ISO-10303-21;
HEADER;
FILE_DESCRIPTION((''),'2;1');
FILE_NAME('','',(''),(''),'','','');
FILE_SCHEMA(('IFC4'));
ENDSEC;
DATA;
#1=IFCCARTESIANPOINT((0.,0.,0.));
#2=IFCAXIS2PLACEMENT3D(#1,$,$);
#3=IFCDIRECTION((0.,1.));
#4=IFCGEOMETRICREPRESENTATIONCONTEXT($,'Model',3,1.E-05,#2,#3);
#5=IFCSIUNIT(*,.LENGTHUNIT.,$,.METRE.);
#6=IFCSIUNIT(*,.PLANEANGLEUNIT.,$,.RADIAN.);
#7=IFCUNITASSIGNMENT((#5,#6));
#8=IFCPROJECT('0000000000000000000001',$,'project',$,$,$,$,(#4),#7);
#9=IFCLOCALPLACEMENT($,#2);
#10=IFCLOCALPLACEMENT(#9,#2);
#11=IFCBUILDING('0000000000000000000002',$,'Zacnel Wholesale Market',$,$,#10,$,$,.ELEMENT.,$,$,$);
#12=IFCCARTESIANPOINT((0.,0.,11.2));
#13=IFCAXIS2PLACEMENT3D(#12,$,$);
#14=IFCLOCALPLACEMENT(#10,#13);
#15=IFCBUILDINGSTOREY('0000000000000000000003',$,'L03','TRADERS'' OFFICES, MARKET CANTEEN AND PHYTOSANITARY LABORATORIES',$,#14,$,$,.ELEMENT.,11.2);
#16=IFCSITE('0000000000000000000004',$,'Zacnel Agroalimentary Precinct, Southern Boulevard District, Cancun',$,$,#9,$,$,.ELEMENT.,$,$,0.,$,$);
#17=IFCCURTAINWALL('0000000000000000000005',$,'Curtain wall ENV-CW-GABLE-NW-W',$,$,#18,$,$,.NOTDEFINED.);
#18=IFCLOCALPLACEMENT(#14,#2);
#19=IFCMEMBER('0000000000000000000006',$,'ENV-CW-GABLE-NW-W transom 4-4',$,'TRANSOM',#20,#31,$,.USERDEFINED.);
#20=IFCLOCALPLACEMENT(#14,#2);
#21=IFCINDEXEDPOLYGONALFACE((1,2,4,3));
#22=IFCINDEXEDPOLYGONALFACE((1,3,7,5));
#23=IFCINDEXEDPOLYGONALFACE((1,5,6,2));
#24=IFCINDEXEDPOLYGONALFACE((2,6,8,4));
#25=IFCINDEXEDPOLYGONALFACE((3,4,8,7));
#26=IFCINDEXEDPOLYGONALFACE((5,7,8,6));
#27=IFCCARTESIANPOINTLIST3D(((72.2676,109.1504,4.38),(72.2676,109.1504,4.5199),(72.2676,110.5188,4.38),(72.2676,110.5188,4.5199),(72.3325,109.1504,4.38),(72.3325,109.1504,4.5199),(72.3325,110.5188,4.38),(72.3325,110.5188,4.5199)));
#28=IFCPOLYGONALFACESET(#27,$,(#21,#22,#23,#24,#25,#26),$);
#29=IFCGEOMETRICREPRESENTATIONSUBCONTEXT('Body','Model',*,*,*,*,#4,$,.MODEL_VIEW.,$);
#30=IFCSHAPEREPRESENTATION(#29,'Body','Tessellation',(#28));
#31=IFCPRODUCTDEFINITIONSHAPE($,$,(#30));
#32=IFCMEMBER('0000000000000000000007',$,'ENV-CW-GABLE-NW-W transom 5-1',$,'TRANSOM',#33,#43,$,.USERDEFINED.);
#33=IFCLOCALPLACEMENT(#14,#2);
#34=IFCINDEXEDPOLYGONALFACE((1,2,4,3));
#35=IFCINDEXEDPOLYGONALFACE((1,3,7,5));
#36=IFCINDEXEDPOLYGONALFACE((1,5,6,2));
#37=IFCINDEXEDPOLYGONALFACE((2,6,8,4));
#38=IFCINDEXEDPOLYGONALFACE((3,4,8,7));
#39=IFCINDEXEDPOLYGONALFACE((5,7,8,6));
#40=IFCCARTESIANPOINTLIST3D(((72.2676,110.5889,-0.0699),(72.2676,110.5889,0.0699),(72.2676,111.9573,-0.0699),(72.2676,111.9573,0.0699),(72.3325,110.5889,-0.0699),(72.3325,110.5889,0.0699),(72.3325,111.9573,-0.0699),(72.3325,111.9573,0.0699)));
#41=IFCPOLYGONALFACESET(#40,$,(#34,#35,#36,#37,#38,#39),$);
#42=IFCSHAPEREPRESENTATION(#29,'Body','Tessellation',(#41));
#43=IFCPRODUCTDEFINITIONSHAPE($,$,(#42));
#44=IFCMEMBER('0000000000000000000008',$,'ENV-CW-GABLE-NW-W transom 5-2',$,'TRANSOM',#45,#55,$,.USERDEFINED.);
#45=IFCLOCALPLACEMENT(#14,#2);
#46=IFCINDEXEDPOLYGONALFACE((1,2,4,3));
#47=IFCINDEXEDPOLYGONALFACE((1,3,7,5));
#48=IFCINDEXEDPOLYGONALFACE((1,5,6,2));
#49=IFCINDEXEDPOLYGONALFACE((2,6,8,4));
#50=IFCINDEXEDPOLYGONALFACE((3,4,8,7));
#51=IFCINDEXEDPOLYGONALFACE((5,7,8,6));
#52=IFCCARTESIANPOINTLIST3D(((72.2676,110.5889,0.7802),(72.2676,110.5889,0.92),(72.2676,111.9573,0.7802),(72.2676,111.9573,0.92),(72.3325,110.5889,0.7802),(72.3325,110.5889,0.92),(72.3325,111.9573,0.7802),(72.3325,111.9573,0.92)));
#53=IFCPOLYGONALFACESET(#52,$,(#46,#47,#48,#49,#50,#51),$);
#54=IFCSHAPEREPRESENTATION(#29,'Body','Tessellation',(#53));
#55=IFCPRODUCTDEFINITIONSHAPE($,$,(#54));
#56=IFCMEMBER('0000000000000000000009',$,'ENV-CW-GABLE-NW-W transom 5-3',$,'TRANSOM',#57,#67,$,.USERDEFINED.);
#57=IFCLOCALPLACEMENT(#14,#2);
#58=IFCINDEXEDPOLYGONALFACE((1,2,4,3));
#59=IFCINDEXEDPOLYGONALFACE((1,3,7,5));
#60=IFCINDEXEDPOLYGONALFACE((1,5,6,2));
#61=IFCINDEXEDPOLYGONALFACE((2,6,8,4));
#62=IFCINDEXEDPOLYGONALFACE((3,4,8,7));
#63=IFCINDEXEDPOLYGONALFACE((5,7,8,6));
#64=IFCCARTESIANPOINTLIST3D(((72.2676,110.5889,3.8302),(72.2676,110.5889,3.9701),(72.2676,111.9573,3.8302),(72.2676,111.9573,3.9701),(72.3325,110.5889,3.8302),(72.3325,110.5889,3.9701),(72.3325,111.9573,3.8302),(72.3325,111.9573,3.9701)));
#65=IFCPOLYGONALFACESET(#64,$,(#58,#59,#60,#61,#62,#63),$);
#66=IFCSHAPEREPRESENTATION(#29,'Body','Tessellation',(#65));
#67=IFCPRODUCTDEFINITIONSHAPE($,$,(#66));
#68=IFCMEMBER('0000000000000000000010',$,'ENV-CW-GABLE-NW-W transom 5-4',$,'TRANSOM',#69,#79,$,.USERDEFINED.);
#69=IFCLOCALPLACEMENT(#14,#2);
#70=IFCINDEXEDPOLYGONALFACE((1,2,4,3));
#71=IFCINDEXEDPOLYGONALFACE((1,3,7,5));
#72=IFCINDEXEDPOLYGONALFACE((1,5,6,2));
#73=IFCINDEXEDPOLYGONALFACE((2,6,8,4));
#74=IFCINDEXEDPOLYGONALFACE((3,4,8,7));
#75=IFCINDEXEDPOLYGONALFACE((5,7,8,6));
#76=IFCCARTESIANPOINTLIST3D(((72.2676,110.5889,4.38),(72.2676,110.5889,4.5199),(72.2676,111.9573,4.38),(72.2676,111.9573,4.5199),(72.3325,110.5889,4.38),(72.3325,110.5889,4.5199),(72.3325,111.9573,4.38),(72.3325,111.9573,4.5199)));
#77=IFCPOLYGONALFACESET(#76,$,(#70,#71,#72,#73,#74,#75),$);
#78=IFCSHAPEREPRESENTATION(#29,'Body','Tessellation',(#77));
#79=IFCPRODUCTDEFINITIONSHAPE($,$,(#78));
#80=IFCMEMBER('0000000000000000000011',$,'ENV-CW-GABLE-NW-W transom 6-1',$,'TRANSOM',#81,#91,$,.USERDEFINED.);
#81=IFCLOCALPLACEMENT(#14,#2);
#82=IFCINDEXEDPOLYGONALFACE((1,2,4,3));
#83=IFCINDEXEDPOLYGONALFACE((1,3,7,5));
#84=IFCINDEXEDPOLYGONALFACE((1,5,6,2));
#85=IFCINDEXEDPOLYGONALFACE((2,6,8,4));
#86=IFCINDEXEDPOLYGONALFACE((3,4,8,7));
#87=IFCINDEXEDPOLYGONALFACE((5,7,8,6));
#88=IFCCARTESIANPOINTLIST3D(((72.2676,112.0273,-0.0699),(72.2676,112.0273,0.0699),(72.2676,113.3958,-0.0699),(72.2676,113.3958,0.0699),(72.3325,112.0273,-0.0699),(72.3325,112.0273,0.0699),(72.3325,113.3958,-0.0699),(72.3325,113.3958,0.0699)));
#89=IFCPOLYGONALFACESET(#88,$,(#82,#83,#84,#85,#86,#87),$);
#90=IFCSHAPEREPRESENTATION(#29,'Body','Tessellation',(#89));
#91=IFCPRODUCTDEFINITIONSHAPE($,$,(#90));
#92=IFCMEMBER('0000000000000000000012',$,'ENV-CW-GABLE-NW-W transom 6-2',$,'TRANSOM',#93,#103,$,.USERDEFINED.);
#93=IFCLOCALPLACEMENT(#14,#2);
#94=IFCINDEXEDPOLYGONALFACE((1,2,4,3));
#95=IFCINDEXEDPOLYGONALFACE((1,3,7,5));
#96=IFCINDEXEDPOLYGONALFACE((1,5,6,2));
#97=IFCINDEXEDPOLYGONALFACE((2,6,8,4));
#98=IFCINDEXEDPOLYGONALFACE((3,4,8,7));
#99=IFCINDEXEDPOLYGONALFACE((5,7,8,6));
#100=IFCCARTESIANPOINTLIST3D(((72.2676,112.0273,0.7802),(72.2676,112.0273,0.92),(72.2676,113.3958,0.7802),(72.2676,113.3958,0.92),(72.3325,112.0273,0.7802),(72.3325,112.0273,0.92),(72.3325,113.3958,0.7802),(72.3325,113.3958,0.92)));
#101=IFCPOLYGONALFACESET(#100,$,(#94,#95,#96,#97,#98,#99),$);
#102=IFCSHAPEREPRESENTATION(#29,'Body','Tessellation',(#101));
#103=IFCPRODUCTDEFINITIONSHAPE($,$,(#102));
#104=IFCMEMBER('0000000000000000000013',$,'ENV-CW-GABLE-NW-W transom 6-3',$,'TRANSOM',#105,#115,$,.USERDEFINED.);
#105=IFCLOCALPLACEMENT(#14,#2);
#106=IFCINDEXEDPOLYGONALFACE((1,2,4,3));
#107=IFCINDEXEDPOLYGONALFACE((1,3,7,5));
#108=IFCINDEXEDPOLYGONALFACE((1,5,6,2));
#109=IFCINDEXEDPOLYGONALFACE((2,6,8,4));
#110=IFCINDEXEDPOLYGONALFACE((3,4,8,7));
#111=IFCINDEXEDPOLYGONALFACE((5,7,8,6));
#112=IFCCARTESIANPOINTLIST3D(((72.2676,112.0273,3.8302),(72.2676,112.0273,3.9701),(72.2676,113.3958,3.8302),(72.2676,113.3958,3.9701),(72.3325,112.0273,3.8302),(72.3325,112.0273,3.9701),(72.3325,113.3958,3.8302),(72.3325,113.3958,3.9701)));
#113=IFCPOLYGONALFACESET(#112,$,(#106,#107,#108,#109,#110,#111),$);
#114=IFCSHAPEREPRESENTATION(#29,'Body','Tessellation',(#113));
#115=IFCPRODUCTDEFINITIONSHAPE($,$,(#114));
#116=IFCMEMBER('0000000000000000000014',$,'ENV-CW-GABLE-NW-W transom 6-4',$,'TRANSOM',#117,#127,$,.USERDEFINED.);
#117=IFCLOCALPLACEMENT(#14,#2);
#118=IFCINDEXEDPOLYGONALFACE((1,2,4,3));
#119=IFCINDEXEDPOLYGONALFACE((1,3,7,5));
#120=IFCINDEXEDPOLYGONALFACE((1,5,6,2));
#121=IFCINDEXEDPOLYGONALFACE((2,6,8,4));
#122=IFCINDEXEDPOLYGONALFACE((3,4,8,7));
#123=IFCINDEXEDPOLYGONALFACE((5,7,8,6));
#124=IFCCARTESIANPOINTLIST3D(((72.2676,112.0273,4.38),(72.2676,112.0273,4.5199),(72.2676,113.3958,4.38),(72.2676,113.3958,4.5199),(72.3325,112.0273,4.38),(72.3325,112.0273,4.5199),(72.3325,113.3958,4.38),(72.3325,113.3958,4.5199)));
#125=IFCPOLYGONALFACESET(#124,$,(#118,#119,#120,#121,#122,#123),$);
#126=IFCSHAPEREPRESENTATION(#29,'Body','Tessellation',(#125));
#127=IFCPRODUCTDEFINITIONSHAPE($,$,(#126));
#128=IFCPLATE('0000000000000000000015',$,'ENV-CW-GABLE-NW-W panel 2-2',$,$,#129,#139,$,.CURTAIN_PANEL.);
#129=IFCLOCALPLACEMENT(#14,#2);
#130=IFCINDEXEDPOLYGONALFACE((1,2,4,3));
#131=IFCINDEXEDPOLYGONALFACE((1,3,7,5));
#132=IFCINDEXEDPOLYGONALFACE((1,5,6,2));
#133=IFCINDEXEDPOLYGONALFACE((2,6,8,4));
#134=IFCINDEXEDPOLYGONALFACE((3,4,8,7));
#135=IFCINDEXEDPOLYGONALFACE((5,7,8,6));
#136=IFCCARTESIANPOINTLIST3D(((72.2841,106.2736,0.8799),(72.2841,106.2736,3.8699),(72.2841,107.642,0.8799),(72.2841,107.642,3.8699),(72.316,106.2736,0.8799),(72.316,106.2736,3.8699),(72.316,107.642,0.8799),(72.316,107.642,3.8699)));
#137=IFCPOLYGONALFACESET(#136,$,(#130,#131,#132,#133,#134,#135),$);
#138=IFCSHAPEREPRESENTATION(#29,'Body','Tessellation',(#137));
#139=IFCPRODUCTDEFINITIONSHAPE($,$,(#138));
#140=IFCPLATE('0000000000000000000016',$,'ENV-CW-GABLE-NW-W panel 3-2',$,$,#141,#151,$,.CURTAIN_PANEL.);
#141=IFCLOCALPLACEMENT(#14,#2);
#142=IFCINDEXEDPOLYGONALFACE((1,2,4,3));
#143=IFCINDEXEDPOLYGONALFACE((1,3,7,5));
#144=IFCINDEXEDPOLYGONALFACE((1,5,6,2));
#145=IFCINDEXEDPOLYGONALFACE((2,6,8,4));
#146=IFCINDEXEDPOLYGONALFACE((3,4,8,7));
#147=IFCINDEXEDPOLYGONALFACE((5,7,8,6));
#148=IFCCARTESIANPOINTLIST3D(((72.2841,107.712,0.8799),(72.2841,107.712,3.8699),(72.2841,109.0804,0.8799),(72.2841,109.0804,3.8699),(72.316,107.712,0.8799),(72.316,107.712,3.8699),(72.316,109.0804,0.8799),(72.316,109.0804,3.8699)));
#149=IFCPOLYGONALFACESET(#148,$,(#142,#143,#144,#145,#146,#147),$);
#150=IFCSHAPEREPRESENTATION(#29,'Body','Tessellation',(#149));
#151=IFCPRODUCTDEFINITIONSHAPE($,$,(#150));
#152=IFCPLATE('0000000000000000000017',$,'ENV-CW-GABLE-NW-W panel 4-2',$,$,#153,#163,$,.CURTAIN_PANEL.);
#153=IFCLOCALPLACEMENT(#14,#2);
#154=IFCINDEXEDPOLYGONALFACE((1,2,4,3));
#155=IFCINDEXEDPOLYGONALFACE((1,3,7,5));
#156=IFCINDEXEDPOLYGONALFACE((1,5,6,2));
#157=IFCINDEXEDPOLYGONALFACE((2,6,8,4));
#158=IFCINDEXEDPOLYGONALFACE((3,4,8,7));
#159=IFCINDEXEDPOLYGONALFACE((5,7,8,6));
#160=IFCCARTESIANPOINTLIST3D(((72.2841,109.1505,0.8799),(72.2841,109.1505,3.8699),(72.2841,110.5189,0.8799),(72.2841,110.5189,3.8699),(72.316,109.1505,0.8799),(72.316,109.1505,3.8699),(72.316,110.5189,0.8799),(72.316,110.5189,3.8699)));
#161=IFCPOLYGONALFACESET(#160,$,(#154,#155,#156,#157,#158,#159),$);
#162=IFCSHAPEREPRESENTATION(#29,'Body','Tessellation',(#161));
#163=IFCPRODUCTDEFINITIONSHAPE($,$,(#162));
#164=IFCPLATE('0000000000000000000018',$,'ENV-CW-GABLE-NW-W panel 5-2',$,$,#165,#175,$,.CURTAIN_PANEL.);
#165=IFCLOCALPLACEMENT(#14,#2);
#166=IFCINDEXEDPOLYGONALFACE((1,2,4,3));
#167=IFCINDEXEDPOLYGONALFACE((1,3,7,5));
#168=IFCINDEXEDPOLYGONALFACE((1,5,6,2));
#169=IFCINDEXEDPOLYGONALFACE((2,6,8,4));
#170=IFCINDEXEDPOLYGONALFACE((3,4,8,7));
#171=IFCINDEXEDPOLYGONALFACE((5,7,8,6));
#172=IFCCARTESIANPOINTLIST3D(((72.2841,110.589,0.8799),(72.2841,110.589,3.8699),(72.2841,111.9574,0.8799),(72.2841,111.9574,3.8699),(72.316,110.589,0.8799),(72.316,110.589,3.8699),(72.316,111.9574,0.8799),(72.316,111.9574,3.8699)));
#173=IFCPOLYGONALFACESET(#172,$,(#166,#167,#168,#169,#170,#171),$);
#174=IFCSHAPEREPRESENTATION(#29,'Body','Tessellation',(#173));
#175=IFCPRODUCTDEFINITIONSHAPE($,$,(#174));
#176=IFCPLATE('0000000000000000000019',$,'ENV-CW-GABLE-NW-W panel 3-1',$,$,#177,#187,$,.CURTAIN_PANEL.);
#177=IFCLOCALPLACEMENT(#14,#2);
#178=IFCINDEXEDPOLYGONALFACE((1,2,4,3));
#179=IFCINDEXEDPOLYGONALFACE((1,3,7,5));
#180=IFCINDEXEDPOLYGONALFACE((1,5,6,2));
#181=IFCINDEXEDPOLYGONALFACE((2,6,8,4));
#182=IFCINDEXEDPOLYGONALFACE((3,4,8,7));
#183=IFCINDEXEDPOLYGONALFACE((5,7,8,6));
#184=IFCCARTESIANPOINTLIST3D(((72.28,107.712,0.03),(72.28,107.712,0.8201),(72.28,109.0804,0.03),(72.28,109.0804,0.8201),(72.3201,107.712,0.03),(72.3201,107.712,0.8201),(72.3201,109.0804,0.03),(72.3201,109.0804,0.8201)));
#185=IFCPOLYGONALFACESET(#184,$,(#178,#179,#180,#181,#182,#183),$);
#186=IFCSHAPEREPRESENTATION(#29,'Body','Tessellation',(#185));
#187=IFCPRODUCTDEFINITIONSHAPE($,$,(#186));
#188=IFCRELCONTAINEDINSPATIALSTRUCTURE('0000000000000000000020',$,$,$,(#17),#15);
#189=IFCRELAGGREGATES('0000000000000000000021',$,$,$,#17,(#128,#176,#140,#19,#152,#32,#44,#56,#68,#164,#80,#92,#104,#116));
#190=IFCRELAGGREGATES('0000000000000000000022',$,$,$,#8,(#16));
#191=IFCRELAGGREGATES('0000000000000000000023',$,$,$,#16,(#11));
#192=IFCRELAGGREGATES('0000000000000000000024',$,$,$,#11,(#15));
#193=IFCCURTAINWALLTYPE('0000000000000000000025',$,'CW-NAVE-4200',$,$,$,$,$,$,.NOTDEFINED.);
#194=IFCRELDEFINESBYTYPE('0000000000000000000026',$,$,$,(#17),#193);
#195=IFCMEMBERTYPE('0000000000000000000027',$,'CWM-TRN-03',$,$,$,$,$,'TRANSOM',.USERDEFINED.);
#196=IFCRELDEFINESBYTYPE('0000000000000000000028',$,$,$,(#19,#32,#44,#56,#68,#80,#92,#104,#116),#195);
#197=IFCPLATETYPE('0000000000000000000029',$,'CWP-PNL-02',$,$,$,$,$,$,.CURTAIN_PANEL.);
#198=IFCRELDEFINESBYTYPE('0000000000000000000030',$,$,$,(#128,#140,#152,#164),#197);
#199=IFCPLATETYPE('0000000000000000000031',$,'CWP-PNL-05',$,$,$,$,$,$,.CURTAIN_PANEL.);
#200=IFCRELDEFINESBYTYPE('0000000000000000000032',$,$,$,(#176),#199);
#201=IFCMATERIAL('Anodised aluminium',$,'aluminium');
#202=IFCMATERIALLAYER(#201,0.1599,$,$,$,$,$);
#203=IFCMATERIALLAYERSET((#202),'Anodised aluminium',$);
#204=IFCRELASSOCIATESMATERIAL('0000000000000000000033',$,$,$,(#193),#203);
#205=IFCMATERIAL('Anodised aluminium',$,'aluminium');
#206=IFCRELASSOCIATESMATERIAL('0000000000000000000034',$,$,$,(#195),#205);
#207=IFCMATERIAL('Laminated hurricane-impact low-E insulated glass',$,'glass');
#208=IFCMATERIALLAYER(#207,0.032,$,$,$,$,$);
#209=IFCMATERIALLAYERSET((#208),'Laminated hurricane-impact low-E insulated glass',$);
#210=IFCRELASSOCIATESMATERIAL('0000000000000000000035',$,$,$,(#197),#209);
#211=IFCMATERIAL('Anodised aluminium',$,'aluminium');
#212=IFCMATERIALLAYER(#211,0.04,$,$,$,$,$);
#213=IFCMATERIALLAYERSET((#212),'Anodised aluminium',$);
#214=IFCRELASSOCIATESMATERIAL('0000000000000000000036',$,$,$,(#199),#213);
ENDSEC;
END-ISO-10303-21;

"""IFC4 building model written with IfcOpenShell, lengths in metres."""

from ifc_helpers import new_model, si_unit, direction, frame, origin, origin_2d, place, context, subcontext, project, spatial, rectangle, extrude, material, layer, layer_set, material_profile, profile_set, type_object, element, aggregate, save


model = new_model("IFC4")

# Units and contexts
model_context = context("Model", 3, precision=1e-05, world=origin(), true_north=direction((0.0, 1.0)))
body_context = subcontext(model_context, "Body", "Model", "MODEL_VIEW")
ifc_project = project(units=[si_unit("LENGTHUNIT", "METRE"), si_unit("PLANEANGLEUNIT", "RADIAN")], contexts=[model_context])

# Site, building, storey
site_placement = place(None, origin())
site = spatial("IfcSite", under=ifc_project, at=site_placement, Name="Zacnel Agroalimentary Precinct, Southern Boulevard District, Cancun", CompositionType="ELEMENT", RefElevation=0.0)
building_placement = place(site_placement, origin())
building = spatial("IfcBuilding", under=site, at=building_placement, Name="Zacnel Wholesale Market", CompositionType="ELEMENT")
storey_placement = place(building_placement, frame((0.0, 0.0, 11.2)))
storey = spatial("IfcBuildingStorey", under=building, at=storey_placement, Name="L03", Description="TRADERS' OFFICES, MARKET CANTEEN AND PHYTOSANITARY LABORATORIES", CompositionType="ELEMENT", Elevation=11.2)

# Curtain wall, members, plates
ifc_material_1 = material(Name="Anodised aluminium", Category="aluminium")
ifc_layer_1 = layer(ifc_material_1, 0.1599)
ifc_layer_set_1 = layer_set([ifc_layer_1], Name="Anodised aluminium")
curtain_wall_type = type_object("IfcCurtainWallType", Name="CW-NAVE-4200", PredefinedType="NOTDEFINED", material=ifc_layer_set_1)
curtain_wall_placement = place(storey_placement, origin())
curtain_wall = element("IfcCurtainWall", 1, at=curtain_wall_placement, inside=storey, type_object=curtain_wall_type, Name="Curtain wall ENV-CW-GABLE-NW-W", PredefinedType="NOTDEFINED")
ifc_material_2 = material(Name="Anodised aluminium", Category="aluminium")
ifc_material_profile_1 = material_profile(ifc_material_2, rectangle(XDim=0.0649, YDim=0.1399, at=origin_2d()), Name="AW-TRANSOM 65x140")
ifc_profile_set_1 = profile_set([ifc_material_profile_1], Name="Anodised aluminium")
member_type_1 = type_object("IfcMemberType", Name="CWM-TRN-03", ElementType="TRANSOM", PredefinedType="USERDEFINED", material=ifc_profile_set_1)
member_1_placement = place(storey_placement, frame((72.3, 109.1504, 4.45), z_axis=(0.0, 1.0, 0.0), x_axis=(-1.0, 0.0, 0.0)))
member_1 = element("IfcMember", 2, at=member_1_placement, type_object=member_type_1, Name="ENV-CW-GABLE-NW-W transom 4-4", ObjectType="TRANSOM", PredefinedType="USERDEFINED", context=body_context, shape_type="SweptSolid", body=[
    extrude(rectangle(XDim=0.0649, YDim=0.1399, at=origin_2d()), origin(), (0.0, 0.0, 1.0), 1.3684),
])
member_2_placement = place(storey_placement, frame((72.3, 110.5889, 0.0), z_axis=(0.0, 1.0, 0.0), x_axis=(-1.0, 0.0, 0.0)))
member_2 = element("IfcMember", 3, at=member_2_placement, type_object=member_type_1, Name="ENV-CW-GABLE-NW-W transom 5-1", ObjectType="TRANSOM", PredefinedType="USERDEFINED", context=body_context, shape_type="SweptSolid", body=[
    extrude(rectangle(XDim=0.0649, YDim=0.1399, at=origin_2d()), origin(), (0.0, 0.0, 1.0), 1.3684),
])
member_3_placement = place(storey_placement, frame((72.3, 110.5889, 0.8501), z_axis=(0.0, 1.0, 0.0), x_axis=(-1.0, 0.0, 0.0)))
member_3 = element("IfcMember", 4, at=member_3_placement, type_object=member_type_1, Name="ENV-CW-GABLE-NW-W transom 5-2", ObjectType="TRANSOM", PredefinedType="USERDEFINED", context=body_context, shape_type="SweptSolid", body=[
    extrude(rectangle(XDim=0.0649, YDim=0.1399, at=origin_2d()), origin(), (0.0, 0.0, 1.0), 1.3684),
])
member_4_placement = place(storey_placement, frame((72.3, 110.5889, 3.9001), z_axis=(0.0, 1.0, 0.0), x_axis=(-1.0, 0.0, 0.0)))
member_4 = element("IfcMember", 5, at=member_4_placement, type_object=member_type_1, Name="ENV-CW-GABLE-NW-W transom 5-3", ObjectType="TRANSOM", PredefinedType="USERDEFINED", context=body_context, shape_type="SweptSolid", body=[
    extrude(rectangle(XDim=0.0649, YDim=0.1399, at=origin_2d()), origin(), (0.0, 0.0, 1.0), 1.3684),
])
member_5_placement = place(storey_placement, frame((72.3, 110.5889, 4.45), z_axis=(0.0, 1.0, 0.0), x_axis=(-1.0, 0.0, 0.0)))
member_5 = element("IfcMember", 6, at=member_5_placement, type_object=member_type_1, Name="ENV-CW-GABLE-NW-W transom 5-4", ObjectType="TRANSOM", PredefinedType="USERDEFINED", context=body_context, shape_type="SweptSolid", body=[
    extrude(rectangle(XDim=0.0649, YDim=0.1399, at=origin_2d()), origin(), (0.0, 0.0, 1.0), 1.3684),
])
member_6_placement = place(storey_placement, frame((72.3, 112.0273, 0.0), z_axis=(0.0, 1.0, 0.0), x_axis=(-1.0, 0.0, 0.0)))
member_6 = element("IfcMember", 7, at=member_6_placement, type_object=member_type_1, Name="ENV-CW-GABLE-NW-W transom 6-1", ObjectType="TRANSOM", PredefinedType="USERDEFINED", context=body_context, shape_type="SweptSolid", body=[
    extrude(rectangle(XDim=0.0649, YDim=0.1399, at=origin_2d()), origin(), (0.0, 0.0, 1.0), 1.3684),
])
member_7_placement = place(storey_placement, frame((72.3, 112.0273, 0.8501), z_axis=(0.0, 1.0, 0.0), x_axis=(-1.0, 0.0, 0.0)))
member_7 = element("IfcMember", 8, at=member_7_placement, type_object=member_type_1, Name="ENV-CW-GABLE-NW-W transom 6-2", ObjectType="TRANSOM", PredefinedType="USERDEFINED", context=body_context, shape_type="SweptSolid", body=[
    extrude(rectangle(XDim=0.0649, YDim=0.1399, at=origin_2d()), origin(), (0.0, 0.0, 1.0), 1.3684),
])
member_8_placement = place(storey_placement, frame((72.3, 112.0273, 3.9001), z_axis=(0.0, 1.0, 0.0), x_axis=(-1.0, 0.0, 0.0)))
member_8 = element("IfcMember", 9, at=member_8_placement, type_object=member_type_1, Name="ENV-CW-GABLE-NW-W transom 6-3", ObjectType="TRANSOM", PredefinedType="USERDEFINED", context=body_context, shape_type="SweptSolid", body=[
    extrude(rectangle(XDim=0.0649, YDim=0.1399, at=origin_2d()), origin(), (0.0, 0.0, 1.0), 1.3684),
])
member_9_placement = place(storey_placement, frame((72.3, 112.0273, 4.45), z_axis=(0.0, 1.0, 0.0), x_axis=(-1.0, 0.0, 0.0)))
member_9 = element("IfcMember", 10, at=member_9_placement, type_object=member_type_1, Name="ENV-CW-GABLE-NW-W transom 6-4", ObjectType="TRANSOM", PredefinedType="USERDEFINED", context=body_context, shape_type="SweptSolid", body=[
    extrude(rectangle(XDim=0.0649, YDim=0.1399, at=origin_2d()), origin(), (0.0, 0.0, 1.0), 1.3684),
])
ifc_material_3 = material(Name="Laminated hurricane-impact low-E insulated glass", Category="glass")
ifc_layer_2 = layer(ifc_material_3, 0.032)
ifc_layer_set_2 = layer_set([ifc_layer_2], Name="Laminated hurricane-impact low-E insulated glass")
plate_type_1 = type_object("IfcPlateType", Name="CWP-PNL-02", PredefinedType="CURTAIN_PANEL", material=ifc_layer_set_2)
plate_1_placement = place(storey_placement, frame((72.3, 106.9578, 0.8799), z_axis=(0.0, 0.0, 1.0), x_axis=(0.0, 1.0, 0.0)))
plate_1 = element("IfcPlate", 11, at=plate_1_placement, type_object=plate_type_1, Name="ENV-CW-GABLE-NW-W panel 2-2", PredefinedType="CURTAIN_PANEL", context=body_context, shape_type="SweptSolid", body=[
    extrude(rectangle(XDim=1.3684, YDim=0.032, at=origin_2d()), origin(), (0.0, 0.0, 1.0), 2.99),
])
plate_2_placement = place(storey_placement, frame((72.3, 108.3962, 0.8799), z_axis=(0.0, 0.0, 1.0), x_axis=(0.0, 1.0, 0.0)))
plate_2 = element("IfcPlate", 12, at=plate_2_placement, type_object=plate_type_1, Name="ENV-CW-GABLE-NW-W panel 3-2", PredefinedType="CURTAIN_PANEL", context=body_context, shape_type="SweptSolid", body=[
    extrude(rectangle(XDim=1.3684, YDim=0.032, at=origin_2d()), origin(), (0.0, 0.0, 1.0), 2.99),
])
plate_3_placement = place(storey_placement, frame((72.3, 109.8347, 0.8799), z_axis=(0.0, 0.0, 1.0), x_axis=(0.0, 1.0, 0.0)))
plate_3 = element("IfcPlate", 13, at=plate_3_placement, type_object=plate_type_1, Name="ENV-CW-GABLE-NW-W panel 4-2", PredefinedType="CURTAIN_PANEL", context=body_context, shape_type="SweptSolid", body=[
    extrude(rectangle(XDim=1.3684, YDim=0.032, at=origin_2d()), origin(), (0.0, 0.0, 1.0), 2.99),
])
plate_4_placement = place(storey_placement, frame((72.3, 111.2732, 0.8799), z_axis=(0.0, 0.0, 1.0), x_axis=(0.0, 1.0, 0.0)))
plate_4 = element("IfcPlate", 14, at=plate_4_placement, type_object=plate_type_1, Name="ENV-CW-GABLE-NW-W panel 5-2", PredefinedType="CURTAIN_PANEL", context=body_context, shape_type="SweptSolid", body=[
    extrude(rectangle(XDim=1.3684, YDim=0.032, at=origin_2d()), origin(), (0.0, 0.0, 1.0), 2.99),
])
ifc_material_4 = material(Name="Anodised aluminium", Category="aluminium")
ifc_layer_3 = layer(ifc_material_4, 0.04)
ifc_layer_set_3 = layer_set([ifc_layer_3], Name="Anodised aluminium")
plate_type_2 = type_object("IfcPlateType", Name="CWP-PNL-05", PredefinedType="CURTAIN_PANEL", material=ifc_layer_set_3)
plate_5_placement = place(storey_placement, frame((72.3, 108.3962, 0.03), z_axis=(0.0, 0.0, 1.0), x_axis=(0.0, 1.0, 0.0)))
plate_5 = element("IfcPlate", 15, at=plate_5_placement, type_object=plate_type_2, Name="ENV-CW-GABLE-NW-W panel 3-1", PredefinedType="CURTAIN_PANEL", context=body_context, shape_type="SweptSolid", body=[
    extrude(rectangle(XDim=1.3684, YDim=0.04, at=origin_2d()), origin(), (0.0, 0.0, 1.0), 0.79),
])
aggregate(curtain_wall, [plate_1, plate_5, plate_2, member_1, plate_3, member_2, member_3, member_4, member_5, plate_4, member_6, member_7, member_8, member_9])

save(model, "model.ifc")
